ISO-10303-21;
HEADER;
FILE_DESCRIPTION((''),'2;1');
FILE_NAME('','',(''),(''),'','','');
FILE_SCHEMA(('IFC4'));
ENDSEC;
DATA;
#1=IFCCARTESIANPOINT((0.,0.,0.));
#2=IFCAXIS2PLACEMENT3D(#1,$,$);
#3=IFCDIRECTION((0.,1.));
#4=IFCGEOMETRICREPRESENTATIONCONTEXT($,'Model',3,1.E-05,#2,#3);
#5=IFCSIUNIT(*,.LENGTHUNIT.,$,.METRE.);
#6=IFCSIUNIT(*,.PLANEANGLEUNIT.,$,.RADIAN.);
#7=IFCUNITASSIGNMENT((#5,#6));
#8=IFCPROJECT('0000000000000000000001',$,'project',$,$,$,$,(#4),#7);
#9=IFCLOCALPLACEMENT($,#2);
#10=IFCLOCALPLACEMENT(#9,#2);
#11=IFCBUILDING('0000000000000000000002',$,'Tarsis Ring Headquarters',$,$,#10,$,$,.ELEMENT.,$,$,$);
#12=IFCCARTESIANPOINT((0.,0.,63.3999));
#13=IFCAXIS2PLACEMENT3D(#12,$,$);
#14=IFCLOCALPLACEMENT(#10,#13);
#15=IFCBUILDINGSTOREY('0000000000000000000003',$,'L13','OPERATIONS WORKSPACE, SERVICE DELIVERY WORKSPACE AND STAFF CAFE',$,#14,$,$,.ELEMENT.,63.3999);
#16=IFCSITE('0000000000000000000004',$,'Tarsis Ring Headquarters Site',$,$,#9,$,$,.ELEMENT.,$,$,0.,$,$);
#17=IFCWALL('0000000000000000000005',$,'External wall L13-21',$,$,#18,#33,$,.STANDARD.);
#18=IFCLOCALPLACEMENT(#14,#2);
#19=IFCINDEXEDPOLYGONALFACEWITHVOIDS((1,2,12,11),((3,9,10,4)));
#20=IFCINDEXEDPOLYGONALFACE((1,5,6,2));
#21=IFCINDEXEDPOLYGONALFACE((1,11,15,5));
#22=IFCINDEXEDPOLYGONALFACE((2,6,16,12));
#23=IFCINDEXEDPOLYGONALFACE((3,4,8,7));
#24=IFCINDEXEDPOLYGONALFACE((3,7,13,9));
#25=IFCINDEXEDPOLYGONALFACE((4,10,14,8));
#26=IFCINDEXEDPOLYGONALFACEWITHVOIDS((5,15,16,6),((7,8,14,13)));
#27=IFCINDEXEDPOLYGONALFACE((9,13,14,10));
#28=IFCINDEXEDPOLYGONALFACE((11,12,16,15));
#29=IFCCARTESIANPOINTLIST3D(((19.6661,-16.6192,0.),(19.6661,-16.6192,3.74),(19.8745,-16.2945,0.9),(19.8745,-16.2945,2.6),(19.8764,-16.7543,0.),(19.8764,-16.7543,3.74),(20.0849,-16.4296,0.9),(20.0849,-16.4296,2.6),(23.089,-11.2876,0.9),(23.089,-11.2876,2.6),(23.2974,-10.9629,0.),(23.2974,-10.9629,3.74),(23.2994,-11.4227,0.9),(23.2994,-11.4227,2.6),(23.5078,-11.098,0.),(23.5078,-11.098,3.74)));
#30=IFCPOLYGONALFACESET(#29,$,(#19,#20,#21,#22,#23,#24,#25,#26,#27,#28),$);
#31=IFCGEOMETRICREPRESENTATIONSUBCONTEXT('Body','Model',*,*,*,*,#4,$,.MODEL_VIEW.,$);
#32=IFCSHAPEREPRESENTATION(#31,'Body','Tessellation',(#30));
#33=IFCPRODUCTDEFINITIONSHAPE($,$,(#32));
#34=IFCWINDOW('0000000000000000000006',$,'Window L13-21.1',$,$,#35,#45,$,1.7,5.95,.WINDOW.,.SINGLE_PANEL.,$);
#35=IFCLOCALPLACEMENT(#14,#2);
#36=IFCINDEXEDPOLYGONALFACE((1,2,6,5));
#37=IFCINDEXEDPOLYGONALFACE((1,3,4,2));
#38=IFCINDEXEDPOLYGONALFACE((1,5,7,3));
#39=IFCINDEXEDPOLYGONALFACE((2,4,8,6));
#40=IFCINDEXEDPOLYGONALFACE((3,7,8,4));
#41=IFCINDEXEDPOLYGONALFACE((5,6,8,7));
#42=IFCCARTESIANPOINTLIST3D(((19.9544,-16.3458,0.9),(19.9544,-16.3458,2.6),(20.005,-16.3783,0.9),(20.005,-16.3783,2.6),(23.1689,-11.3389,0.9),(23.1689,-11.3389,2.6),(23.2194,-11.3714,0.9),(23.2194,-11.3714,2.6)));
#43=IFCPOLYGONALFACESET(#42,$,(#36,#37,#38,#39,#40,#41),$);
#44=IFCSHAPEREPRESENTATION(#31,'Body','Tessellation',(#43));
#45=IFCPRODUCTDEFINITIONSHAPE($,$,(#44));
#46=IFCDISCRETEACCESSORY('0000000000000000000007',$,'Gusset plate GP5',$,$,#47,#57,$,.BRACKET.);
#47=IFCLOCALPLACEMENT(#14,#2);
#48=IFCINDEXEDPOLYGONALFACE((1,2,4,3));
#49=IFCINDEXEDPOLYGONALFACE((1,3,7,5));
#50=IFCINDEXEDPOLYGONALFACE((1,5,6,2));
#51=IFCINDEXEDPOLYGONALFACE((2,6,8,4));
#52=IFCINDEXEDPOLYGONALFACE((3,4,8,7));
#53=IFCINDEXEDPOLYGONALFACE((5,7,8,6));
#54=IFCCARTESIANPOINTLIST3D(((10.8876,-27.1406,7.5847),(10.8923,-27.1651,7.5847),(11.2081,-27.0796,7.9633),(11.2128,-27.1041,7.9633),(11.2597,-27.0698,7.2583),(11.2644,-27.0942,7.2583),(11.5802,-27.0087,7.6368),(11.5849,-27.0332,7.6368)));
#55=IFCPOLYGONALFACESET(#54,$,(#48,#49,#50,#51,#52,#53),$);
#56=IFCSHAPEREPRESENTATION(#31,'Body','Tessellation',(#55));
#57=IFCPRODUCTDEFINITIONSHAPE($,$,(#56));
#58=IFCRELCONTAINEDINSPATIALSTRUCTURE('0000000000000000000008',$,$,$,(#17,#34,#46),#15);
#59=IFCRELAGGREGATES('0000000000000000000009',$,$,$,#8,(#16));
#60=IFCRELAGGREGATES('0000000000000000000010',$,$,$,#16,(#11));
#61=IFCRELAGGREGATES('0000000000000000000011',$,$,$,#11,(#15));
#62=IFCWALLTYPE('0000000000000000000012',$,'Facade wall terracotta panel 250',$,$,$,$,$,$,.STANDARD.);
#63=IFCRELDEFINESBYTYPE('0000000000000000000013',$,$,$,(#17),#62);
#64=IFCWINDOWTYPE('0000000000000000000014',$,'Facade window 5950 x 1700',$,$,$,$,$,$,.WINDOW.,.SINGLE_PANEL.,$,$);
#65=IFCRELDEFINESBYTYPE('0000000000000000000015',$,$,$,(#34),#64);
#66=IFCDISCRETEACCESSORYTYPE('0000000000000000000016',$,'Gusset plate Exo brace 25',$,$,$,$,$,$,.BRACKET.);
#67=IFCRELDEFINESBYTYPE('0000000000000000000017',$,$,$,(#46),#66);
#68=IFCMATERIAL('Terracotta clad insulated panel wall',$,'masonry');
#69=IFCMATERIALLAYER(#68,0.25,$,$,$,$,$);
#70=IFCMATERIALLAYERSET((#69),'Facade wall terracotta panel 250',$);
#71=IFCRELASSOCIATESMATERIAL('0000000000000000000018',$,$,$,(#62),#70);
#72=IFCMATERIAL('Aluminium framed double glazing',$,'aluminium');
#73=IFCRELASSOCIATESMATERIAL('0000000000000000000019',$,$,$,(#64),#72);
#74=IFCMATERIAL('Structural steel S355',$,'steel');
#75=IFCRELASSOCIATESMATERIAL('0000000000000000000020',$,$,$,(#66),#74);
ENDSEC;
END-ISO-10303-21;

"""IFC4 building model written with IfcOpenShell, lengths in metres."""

from ifc_helpers import new_model, si_unit, direction, frame, frame_2d, origin, origin_2d, place, context, subcontext, project, spatial, rectangle, extrude, material, layer, layer_set, material_profile, profile_set, type_object, element, fill, save


model = new_model("IFC4")

# Units and contexts
model_context = context("Model", 3, precision=1e-05, world=origin(), true_north=direction((0.0, 1.0)))
body_context = subcontext(model_context, "Body", "Model", "MODEL_VIEW")
ifc_project = project(units=[si_unit("LENGTHUNIT", "METRE"), si_unit("PLANEANGLEUNIT", "RADIAN")], contexts=[model_context])

# Site, building, storey
site_placement = place(None, origin())
site = spatial("IfcSite", under=ifc_project, at=site_placement, Name="Tarsis Ring Headquarters Site", CompositionType="ELEMENT", RefElevation=0.0)
building_placement = place(site_placement, origin())
building = spatial("IfcBuilding", under=site, at=building_placement, Name="Tarsis Ring Headquarters", CompositionType="ELEMENT")
storey_placement = place(building_placement, frame((0.0, 0.0, 63.3999)))
storey = spatial("IfcBuildingStorey", under=building, at=storey_placement, Name="L13", Description="OPERATIONS WORKSPACE, SERVICE DELIVERY WORKSPACE AND STAFF CAFE", CompositionType="ELEMENT", Elevation=63.3999)

# Shared definitions
ifc_material_1 = material(Name="Structural steel S355", Category="steel")

# Wall, opening, window
ifc_material_2 = material(Name="Terracotta clad insulated panel wall", Category="masonry")
ifc_layer_1 = layer(ifc_material_2, 0.25)
ifc_layer_set_1 = layer_set([ifc_layer_1], Name="Facade wall terracotta panel 250")
wall_type_1 = type_object("IfcWallType", Name="Facade wall terracotta panel 250", PredefinedType="STANDARD", material=ifc_layer_set_1)
ifc_material_3 = material(Name="Aluminium framed double glazing", Category="aluminium")
window_type = type_object("IfcWindowType", Name="Facade window 5950 x 1700", PartitioningType="SINGLE_PANEL", PredefinedType="WINDOW", material=ifc_material_3)
wall_1_placement = place(storey_placement, frame((19.7712, -16.6868, 0.0), z_axis=(0.0, 0.0, 1.0), x_axis=(0.540251, 0.841504, 0.0)))
wall_1 = element("IfcWall", 1, at=wall_1_placement, inside=storey, type_object=wall_type_1, Name="External wall L13-21", PredefinedType="STANDARD", context=body_context, shape_type="SweptSolid", body=[
    extrude(rectangle(XDim=6.7217, YDim=0.25, at=frame_2d((3.3608, 0.0))), origin(), (0.0, 0.0, 1.0), 3.74),
])
opening_1_placement = place(wall_1_placement, frame((0.3857, 0.0, 0.8999)))
opening_1 = element("IfcOpeningElement", 2, at=opening_1_placement, cuts=wall_1, PredefinedType="OPENING", context=body_context, shape_type="SweptSolid", body=[
    extrude(rectangle(XDim=5.95, YDim=1.7, at=frame_2d((2.9751, 0.8501))), frame((0.0, 0.135, 0.0), z_axis=(0.0, -1.0, 0.0), x_axis=(1.0, 0.0, 0.0)), (0.0, 0.0, 1.0), 0.27),
])
window_1_placement = place(opening_1_placement, origin())
window_1 = element("IfcWindow", 3, at=window_1_placement, inside=storey, type_object=window_type, Name="Window L13-21.1", OverallHeight=1.7, OverallWidth=5.95, PartitioningType="SINGLE_PANEL", PredefinedType="WINDOW", context=body_context, shape_type="SweptSolid", body=[
    extrude(rectangle(XDim=5.95, YDim=1.7, at=frame_2d((2.9751, 0.8501))), frame((0.0, 0.03, 0.0), z_axis=(0.0, -1.0, 0.0), x_axis=(1.0, 0.0, 0.0)), (0.0, 0.0, 1.0), 0.0601),
])
fill(opening_1, window_1)

# Discrete accessory
ifc_material_profile_1 = material_profile(ifc_material_1, rectangle(XDim=0.0249, YDim=0.5, at=origin_2d()), Name="PL 25x500")
ifc_profile_set_1 = profile_set([ifc_material_profile_1], Name="Structural steel S355")
discrete_accessory_type = type_object("IfcDiscreteAccessoryType", Name="Gusset plate Exo brace 25", PredefinedType="BRACKET", material=ifc_profile_set_1)
discrete_accessory_placement = place(storey_placement, frame((11.3965, -27.0564, 7.8), z_axis=(-0.641284, -0.122103, -0.757526), x_axis=(0.187043, -0.982352, 0.0)))
element("IfcDiscreteAccessory", 4, at=discrete_accessory_placement, inside=storey, type_object=discrete_accessory_type, Name="Gusset plate GP5", PredefinedType="BRACKET", context=body_context, shape_type="SweptSolid", body=[
    extrude(rectangle(XDim=0.0249, YDim=0.5, at=origin_2d()), origin(), (0.0, 0.0, 1.0), 0.4998),
])

save(model, "model.ifc")
